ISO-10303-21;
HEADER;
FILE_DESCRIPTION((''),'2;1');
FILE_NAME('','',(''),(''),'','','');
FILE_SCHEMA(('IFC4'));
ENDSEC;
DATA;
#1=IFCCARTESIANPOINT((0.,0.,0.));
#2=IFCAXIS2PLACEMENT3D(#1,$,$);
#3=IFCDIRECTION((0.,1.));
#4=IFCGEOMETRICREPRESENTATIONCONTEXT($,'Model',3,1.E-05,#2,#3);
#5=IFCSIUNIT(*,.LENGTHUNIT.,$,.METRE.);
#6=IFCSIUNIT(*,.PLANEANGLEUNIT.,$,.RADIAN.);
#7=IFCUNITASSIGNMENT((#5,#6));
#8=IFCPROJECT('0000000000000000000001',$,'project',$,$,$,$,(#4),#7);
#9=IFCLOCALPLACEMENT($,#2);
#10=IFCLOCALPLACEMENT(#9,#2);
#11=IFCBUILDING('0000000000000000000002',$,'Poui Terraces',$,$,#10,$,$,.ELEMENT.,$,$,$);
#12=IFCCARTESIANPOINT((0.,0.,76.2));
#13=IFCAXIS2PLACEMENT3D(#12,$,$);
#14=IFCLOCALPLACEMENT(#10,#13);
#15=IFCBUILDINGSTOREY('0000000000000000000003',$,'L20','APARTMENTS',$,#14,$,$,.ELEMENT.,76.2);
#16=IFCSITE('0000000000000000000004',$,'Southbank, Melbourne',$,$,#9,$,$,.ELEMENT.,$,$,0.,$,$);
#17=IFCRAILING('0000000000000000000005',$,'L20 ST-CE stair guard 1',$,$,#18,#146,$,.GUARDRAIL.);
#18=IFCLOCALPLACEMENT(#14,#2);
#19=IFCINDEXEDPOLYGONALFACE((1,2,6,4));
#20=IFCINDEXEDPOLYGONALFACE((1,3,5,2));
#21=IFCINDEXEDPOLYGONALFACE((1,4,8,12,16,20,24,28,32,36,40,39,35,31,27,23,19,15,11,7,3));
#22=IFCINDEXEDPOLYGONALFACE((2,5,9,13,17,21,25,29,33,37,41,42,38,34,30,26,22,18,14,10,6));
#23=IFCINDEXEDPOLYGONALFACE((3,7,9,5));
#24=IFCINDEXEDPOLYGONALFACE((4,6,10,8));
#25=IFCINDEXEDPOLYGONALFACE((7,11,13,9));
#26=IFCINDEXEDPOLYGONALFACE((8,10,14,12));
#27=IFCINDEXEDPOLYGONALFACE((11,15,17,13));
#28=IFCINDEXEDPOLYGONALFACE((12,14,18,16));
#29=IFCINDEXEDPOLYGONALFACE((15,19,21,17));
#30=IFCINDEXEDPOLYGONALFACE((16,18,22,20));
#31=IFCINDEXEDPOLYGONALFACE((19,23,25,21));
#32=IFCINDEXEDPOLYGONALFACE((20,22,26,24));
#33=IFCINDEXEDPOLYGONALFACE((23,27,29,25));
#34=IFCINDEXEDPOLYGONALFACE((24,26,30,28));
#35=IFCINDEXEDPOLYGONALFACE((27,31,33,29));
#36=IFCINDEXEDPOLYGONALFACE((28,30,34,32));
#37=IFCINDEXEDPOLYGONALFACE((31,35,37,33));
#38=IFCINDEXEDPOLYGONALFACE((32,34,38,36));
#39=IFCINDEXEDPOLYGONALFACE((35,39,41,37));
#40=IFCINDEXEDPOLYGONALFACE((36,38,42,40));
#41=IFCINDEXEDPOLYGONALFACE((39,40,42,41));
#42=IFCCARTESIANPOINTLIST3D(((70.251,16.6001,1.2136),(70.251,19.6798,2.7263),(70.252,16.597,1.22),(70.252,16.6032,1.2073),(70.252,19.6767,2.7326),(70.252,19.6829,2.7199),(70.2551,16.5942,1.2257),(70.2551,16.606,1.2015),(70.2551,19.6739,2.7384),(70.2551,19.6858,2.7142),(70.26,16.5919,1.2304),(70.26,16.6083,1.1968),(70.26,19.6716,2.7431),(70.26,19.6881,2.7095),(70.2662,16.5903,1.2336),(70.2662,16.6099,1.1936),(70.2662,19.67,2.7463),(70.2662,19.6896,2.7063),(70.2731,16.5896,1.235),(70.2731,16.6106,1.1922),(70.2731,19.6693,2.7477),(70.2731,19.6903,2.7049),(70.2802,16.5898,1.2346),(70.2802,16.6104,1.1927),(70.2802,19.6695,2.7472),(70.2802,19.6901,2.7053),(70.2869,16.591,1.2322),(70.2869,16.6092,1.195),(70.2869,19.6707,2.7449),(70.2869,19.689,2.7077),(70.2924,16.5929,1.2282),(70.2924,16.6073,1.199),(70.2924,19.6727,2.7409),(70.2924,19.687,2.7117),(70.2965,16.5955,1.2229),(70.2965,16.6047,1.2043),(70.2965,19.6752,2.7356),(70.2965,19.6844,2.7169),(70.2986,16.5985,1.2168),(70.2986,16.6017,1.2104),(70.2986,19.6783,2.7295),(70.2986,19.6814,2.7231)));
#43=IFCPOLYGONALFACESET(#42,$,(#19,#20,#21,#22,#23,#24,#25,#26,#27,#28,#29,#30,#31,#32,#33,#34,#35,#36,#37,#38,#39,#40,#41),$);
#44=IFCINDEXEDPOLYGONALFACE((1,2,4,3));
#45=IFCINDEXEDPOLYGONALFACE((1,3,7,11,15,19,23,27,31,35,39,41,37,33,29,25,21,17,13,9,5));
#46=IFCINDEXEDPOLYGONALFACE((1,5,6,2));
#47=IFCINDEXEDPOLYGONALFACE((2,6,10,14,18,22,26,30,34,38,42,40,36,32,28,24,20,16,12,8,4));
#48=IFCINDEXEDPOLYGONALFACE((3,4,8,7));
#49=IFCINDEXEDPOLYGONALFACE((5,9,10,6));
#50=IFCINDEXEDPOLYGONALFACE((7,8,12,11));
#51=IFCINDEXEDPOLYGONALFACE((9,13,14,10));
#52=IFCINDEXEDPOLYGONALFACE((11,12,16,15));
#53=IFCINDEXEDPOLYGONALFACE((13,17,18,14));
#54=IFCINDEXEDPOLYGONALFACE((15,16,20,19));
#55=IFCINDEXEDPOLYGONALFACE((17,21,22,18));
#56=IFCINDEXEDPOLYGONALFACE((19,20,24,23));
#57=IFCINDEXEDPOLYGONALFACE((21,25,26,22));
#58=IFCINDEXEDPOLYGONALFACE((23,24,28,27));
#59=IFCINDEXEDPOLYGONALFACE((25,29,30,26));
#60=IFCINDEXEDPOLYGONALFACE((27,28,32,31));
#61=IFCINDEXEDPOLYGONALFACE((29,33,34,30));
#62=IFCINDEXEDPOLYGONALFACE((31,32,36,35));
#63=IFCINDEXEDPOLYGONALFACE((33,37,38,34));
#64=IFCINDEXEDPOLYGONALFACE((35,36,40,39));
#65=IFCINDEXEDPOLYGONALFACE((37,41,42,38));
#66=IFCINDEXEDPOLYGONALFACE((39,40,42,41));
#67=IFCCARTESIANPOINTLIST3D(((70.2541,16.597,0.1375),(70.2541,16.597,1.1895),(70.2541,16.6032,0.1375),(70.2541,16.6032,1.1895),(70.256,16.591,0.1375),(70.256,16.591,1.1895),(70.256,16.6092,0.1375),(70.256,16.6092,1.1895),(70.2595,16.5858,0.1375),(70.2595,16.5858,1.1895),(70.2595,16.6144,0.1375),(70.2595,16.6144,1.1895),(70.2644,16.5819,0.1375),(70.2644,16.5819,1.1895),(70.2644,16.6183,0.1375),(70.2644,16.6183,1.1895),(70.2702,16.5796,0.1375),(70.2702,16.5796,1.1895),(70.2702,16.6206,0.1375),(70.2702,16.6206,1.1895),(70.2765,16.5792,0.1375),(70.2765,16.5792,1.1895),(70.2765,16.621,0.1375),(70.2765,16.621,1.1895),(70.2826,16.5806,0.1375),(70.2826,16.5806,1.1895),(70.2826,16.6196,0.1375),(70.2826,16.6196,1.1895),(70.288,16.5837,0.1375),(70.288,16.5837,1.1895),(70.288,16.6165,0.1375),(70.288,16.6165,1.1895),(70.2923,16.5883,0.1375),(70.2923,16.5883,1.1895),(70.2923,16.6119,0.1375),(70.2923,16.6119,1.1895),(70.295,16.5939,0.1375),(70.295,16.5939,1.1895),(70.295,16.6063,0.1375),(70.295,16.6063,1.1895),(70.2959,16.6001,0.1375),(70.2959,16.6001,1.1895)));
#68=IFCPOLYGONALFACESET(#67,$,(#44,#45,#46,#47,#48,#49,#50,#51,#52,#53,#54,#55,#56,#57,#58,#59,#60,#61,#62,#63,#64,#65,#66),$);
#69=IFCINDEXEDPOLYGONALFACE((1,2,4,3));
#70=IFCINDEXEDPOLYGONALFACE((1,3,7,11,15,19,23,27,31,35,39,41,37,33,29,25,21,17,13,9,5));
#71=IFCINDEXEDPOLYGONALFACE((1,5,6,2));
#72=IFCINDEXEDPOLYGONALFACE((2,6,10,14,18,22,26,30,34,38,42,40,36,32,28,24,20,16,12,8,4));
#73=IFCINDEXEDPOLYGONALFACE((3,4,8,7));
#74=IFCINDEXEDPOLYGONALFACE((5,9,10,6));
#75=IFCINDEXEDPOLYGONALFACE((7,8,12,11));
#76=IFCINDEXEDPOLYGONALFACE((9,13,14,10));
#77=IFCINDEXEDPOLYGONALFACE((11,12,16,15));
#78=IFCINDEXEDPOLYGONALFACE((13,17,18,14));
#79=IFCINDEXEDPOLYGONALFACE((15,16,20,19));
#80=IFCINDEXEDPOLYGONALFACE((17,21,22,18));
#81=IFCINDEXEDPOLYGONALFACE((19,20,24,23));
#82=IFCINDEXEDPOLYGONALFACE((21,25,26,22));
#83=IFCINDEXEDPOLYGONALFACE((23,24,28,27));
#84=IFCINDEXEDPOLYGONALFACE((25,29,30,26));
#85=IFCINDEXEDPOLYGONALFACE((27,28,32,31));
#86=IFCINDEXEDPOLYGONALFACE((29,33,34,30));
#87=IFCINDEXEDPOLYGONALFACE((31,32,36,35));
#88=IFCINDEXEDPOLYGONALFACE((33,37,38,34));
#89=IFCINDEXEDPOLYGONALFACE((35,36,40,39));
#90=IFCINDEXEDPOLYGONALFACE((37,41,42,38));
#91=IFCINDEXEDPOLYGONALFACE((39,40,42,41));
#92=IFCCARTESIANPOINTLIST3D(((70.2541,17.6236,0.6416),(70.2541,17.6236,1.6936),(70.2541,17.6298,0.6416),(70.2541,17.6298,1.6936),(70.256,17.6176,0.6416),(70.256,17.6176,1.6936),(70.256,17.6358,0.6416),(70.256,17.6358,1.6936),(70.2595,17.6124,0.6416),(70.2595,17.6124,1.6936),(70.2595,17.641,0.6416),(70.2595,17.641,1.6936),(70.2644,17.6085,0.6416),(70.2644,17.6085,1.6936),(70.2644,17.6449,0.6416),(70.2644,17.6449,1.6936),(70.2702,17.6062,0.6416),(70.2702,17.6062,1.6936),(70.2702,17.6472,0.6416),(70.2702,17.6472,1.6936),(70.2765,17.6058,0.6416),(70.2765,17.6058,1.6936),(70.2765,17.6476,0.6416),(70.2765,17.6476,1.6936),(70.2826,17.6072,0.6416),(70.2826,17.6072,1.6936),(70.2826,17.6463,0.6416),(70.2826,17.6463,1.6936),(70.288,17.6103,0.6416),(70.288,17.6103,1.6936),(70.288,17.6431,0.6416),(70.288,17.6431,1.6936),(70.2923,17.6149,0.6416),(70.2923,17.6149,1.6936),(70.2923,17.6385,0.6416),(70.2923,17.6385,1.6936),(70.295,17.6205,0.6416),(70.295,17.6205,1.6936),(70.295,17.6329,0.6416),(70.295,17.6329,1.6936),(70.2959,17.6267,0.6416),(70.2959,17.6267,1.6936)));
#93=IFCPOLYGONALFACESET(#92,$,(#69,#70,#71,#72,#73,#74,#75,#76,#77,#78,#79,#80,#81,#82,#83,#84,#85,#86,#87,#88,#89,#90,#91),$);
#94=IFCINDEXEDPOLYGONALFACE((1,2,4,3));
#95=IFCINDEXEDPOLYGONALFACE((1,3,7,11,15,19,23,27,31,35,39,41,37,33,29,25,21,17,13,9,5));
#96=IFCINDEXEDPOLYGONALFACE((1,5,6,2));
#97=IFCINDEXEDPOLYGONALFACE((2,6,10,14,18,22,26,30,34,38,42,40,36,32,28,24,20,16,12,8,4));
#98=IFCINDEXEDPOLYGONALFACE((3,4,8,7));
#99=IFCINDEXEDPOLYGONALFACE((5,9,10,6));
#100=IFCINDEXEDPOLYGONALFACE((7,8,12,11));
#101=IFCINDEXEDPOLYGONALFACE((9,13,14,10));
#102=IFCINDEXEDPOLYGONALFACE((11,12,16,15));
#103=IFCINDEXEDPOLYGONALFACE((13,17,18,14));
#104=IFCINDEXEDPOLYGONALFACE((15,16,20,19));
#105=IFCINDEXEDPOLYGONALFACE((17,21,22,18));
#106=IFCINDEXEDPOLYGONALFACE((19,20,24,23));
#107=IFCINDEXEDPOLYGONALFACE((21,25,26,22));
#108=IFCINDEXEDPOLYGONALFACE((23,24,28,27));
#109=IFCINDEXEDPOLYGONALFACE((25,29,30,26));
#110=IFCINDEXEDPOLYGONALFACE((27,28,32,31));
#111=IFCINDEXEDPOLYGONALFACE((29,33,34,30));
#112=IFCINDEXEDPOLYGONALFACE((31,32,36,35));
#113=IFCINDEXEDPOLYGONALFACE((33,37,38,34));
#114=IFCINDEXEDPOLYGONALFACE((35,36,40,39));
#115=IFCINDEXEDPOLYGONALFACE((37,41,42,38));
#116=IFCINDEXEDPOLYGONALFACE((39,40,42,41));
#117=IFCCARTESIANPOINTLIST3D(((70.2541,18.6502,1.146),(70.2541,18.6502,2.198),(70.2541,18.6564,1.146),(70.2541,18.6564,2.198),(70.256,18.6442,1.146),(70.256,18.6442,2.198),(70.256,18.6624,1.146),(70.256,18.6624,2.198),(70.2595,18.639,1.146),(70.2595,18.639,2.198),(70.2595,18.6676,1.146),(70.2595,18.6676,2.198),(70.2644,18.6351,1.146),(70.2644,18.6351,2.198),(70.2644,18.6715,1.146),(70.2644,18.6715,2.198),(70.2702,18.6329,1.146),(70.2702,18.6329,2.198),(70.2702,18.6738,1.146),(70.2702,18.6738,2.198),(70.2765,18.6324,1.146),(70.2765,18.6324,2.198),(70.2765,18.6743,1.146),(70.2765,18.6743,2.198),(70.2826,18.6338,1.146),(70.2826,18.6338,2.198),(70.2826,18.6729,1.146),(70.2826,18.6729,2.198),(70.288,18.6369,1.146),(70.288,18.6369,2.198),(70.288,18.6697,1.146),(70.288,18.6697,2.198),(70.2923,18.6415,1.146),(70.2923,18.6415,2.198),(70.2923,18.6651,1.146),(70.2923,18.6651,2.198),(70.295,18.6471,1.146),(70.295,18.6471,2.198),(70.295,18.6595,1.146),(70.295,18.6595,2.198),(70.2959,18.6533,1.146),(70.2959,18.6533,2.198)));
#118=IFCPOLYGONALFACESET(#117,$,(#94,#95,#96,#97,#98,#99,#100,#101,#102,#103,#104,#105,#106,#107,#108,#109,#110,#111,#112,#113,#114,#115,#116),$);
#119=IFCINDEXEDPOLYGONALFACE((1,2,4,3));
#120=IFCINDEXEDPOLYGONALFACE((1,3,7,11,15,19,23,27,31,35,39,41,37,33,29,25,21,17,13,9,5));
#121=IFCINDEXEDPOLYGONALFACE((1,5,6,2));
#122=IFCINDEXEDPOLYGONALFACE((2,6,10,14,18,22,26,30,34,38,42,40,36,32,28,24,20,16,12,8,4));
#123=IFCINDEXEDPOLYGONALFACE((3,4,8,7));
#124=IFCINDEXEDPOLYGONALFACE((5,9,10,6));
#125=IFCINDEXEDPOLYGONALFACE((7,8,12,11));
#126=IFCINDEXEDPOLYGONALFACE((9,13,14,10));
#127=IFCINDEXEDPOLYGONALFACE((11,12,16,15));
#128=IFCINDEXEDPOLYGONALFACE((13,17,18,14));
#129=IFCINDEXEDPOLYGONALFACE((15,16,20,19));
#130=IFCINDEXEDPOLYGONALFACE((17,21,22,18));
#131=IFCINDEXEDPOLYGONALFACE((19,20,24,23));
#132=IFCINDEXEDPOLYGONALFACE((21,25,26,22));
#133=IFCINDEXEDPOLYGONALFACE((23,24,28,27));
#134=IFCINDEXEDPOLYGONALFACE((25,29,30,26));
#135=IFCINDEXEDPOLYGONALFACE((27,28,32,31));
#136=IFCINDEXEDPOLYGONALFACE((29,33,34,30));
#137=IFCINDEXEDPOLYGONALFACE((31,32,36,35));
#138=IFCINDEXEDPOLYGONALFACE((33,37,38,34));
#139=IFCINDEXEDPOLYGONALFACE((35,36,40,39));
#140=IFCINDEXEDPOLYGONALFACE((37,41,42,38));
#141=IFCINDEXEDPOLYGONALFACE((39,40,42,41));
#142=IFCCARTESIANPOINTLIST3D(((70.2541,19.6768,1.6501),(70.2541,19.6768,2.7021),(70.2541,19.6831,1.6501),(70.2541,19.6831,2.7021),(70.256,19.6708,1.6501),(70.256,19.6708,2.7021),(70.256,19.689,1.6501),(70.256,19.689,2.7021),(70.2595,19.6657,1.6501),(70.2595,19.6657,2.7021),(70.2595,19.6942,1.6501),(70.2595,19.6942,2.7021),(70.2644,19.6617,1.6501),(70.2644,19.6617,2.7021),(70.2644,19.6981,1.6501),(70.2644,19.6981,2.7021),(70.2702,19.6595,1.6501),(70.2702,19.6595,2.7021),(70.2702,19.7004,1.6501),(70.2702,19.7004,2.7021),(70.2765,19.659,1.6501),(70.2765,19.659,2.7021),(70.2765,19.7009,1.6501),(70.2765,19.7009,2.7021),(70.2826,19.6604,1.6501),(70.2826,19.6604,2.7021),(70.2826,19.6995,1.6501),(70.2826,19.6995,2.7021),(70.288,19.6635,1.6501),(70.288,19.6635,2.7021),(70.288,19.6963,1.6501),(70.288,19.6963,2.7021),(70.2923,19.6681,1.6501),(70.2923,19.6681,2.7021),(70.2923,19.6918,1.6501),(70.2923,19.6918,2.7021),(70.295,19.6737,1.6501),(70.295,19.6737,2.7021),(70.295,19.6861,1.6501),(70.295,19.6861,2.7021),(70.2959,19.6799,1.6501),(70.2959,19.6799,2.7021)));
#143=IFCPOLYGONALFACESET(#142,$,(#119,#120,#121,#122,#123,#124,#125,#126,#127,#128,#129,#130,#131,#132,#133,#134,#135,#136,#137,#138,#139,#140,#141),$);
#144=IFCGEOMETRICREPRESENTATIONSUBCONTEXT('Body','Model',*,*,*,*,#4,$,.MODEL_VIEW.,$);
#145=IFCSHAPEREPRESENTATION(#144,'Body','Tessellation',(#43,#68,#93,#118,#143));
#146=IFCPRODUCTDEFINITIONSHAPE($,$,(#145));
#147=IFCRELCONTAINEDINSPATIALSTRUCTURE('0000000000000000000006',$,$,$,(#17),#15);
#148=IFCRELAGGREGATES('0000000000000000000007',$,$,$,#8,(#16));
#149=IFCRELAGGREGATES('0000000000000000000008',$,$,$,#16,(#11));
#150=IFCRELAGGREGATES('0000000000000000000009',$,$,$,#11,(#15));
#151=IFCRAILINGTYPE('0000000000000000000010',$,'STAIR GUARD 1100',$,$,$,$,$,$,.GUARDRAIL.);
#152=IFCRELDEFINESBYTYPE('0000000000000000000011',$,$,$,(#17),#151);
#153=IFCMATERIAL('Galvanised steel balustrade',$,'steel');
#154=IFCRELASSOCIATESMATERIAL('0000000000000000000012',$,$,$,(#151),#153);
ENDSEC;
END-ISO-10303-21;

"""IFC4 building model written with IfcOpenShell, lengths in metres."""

from ifc_helpers import new_model, si_unit, direction, frame, origin, origin_2d, place, context, subcontext, project, spatial, circle, extrude, material, type_object, element, save


model = new_model("IFC4")

# Units and contexts
model_context = context("Model", 3, precision=1e-05, world=origin(), true_north=direction((0.0, 1.0)))
body_context = subcontext(model_context, "Body", "Model", "MODEL_VIEW")
ifc_project = project(units=[si_unit("LENGTHUNIT", "METRE"), si_unit("PLANEANGLEUNIT", "RADIAN")], contexts=[model_context])

# Site, building, storey
site_placement = place(None, origin())
site = spatial("IfcSite", under=ifc_project, at=site_placement, Name="Southbank, Melbourne", CompositionType="ELEMENT", RefElevation=0.0)
building_placement = place(site_placement, origin())
building = spatial("IfcBuilding", under=site, at=building_placement, Name="Poui Terraces", CompositionType="ELEMENT")
storey_placement = place(building_placement, frame((0.0, 0.0, 76.2)))
storey = spatial("IfcBuildingStorey", under=building, at=storey_placement, Name="L20", Description="APARTMENTS", CompositionType="ELEMENT", Elevation=76.2)

# Railing
ifc_material_1 = material(Name="Galvanised steel balustrade", Category="steel")
railing_type_1 = type_object("IfcRailingType", Name="STAIR GUARD 1100", PredefinedType="GUARDRAIL", material=ifc_material_1)
railing_1_placement = place(storey_placement, frame((70.2749, 16.6001, 0.1375)))
element("IfcRailing", 1, at=railing_1_placement, inside=storey, type_object=railing_type_1, Name="L20 ST-CE stair guard 1", PredefinedType="GUARDRAIL", context=body_context, shape_type="SweptSolid", body=[
    extrude(circle(Radius=0.0239, at=origin_2d()), frame((0.0, 0.0, 1.0762), z_axis=(0.0, 0.897578, 0.440856), x_axis=(-1.0, 0.0, 0.0)), (0.0, 0.0, 1.0), 3.4312),
    extrude(circle(Radius=0.021, at=origin_2d()), origin(), (0.0, 0.0, 1.0), 1.052),
    extrude(circle(Radius=0.021, at=origin_2d()), frame((0.0, 1.0266, 0.5042)), (0.0, 0.0, 1.0), 1.052),
    extrude(circle(Radius=0.021, at=origin_2d()), frame((0.0, 2.0532, 1.0085)), (0.0, 0.0, 1.0), 1.052),
    extrude(circle(Radius=0.021, at=origin_2d()), frame((0.0, 3.0798, 1.5127)), (0.0, 0.0, 1.0), 1.052),
])

save(model, "model.ifc")
